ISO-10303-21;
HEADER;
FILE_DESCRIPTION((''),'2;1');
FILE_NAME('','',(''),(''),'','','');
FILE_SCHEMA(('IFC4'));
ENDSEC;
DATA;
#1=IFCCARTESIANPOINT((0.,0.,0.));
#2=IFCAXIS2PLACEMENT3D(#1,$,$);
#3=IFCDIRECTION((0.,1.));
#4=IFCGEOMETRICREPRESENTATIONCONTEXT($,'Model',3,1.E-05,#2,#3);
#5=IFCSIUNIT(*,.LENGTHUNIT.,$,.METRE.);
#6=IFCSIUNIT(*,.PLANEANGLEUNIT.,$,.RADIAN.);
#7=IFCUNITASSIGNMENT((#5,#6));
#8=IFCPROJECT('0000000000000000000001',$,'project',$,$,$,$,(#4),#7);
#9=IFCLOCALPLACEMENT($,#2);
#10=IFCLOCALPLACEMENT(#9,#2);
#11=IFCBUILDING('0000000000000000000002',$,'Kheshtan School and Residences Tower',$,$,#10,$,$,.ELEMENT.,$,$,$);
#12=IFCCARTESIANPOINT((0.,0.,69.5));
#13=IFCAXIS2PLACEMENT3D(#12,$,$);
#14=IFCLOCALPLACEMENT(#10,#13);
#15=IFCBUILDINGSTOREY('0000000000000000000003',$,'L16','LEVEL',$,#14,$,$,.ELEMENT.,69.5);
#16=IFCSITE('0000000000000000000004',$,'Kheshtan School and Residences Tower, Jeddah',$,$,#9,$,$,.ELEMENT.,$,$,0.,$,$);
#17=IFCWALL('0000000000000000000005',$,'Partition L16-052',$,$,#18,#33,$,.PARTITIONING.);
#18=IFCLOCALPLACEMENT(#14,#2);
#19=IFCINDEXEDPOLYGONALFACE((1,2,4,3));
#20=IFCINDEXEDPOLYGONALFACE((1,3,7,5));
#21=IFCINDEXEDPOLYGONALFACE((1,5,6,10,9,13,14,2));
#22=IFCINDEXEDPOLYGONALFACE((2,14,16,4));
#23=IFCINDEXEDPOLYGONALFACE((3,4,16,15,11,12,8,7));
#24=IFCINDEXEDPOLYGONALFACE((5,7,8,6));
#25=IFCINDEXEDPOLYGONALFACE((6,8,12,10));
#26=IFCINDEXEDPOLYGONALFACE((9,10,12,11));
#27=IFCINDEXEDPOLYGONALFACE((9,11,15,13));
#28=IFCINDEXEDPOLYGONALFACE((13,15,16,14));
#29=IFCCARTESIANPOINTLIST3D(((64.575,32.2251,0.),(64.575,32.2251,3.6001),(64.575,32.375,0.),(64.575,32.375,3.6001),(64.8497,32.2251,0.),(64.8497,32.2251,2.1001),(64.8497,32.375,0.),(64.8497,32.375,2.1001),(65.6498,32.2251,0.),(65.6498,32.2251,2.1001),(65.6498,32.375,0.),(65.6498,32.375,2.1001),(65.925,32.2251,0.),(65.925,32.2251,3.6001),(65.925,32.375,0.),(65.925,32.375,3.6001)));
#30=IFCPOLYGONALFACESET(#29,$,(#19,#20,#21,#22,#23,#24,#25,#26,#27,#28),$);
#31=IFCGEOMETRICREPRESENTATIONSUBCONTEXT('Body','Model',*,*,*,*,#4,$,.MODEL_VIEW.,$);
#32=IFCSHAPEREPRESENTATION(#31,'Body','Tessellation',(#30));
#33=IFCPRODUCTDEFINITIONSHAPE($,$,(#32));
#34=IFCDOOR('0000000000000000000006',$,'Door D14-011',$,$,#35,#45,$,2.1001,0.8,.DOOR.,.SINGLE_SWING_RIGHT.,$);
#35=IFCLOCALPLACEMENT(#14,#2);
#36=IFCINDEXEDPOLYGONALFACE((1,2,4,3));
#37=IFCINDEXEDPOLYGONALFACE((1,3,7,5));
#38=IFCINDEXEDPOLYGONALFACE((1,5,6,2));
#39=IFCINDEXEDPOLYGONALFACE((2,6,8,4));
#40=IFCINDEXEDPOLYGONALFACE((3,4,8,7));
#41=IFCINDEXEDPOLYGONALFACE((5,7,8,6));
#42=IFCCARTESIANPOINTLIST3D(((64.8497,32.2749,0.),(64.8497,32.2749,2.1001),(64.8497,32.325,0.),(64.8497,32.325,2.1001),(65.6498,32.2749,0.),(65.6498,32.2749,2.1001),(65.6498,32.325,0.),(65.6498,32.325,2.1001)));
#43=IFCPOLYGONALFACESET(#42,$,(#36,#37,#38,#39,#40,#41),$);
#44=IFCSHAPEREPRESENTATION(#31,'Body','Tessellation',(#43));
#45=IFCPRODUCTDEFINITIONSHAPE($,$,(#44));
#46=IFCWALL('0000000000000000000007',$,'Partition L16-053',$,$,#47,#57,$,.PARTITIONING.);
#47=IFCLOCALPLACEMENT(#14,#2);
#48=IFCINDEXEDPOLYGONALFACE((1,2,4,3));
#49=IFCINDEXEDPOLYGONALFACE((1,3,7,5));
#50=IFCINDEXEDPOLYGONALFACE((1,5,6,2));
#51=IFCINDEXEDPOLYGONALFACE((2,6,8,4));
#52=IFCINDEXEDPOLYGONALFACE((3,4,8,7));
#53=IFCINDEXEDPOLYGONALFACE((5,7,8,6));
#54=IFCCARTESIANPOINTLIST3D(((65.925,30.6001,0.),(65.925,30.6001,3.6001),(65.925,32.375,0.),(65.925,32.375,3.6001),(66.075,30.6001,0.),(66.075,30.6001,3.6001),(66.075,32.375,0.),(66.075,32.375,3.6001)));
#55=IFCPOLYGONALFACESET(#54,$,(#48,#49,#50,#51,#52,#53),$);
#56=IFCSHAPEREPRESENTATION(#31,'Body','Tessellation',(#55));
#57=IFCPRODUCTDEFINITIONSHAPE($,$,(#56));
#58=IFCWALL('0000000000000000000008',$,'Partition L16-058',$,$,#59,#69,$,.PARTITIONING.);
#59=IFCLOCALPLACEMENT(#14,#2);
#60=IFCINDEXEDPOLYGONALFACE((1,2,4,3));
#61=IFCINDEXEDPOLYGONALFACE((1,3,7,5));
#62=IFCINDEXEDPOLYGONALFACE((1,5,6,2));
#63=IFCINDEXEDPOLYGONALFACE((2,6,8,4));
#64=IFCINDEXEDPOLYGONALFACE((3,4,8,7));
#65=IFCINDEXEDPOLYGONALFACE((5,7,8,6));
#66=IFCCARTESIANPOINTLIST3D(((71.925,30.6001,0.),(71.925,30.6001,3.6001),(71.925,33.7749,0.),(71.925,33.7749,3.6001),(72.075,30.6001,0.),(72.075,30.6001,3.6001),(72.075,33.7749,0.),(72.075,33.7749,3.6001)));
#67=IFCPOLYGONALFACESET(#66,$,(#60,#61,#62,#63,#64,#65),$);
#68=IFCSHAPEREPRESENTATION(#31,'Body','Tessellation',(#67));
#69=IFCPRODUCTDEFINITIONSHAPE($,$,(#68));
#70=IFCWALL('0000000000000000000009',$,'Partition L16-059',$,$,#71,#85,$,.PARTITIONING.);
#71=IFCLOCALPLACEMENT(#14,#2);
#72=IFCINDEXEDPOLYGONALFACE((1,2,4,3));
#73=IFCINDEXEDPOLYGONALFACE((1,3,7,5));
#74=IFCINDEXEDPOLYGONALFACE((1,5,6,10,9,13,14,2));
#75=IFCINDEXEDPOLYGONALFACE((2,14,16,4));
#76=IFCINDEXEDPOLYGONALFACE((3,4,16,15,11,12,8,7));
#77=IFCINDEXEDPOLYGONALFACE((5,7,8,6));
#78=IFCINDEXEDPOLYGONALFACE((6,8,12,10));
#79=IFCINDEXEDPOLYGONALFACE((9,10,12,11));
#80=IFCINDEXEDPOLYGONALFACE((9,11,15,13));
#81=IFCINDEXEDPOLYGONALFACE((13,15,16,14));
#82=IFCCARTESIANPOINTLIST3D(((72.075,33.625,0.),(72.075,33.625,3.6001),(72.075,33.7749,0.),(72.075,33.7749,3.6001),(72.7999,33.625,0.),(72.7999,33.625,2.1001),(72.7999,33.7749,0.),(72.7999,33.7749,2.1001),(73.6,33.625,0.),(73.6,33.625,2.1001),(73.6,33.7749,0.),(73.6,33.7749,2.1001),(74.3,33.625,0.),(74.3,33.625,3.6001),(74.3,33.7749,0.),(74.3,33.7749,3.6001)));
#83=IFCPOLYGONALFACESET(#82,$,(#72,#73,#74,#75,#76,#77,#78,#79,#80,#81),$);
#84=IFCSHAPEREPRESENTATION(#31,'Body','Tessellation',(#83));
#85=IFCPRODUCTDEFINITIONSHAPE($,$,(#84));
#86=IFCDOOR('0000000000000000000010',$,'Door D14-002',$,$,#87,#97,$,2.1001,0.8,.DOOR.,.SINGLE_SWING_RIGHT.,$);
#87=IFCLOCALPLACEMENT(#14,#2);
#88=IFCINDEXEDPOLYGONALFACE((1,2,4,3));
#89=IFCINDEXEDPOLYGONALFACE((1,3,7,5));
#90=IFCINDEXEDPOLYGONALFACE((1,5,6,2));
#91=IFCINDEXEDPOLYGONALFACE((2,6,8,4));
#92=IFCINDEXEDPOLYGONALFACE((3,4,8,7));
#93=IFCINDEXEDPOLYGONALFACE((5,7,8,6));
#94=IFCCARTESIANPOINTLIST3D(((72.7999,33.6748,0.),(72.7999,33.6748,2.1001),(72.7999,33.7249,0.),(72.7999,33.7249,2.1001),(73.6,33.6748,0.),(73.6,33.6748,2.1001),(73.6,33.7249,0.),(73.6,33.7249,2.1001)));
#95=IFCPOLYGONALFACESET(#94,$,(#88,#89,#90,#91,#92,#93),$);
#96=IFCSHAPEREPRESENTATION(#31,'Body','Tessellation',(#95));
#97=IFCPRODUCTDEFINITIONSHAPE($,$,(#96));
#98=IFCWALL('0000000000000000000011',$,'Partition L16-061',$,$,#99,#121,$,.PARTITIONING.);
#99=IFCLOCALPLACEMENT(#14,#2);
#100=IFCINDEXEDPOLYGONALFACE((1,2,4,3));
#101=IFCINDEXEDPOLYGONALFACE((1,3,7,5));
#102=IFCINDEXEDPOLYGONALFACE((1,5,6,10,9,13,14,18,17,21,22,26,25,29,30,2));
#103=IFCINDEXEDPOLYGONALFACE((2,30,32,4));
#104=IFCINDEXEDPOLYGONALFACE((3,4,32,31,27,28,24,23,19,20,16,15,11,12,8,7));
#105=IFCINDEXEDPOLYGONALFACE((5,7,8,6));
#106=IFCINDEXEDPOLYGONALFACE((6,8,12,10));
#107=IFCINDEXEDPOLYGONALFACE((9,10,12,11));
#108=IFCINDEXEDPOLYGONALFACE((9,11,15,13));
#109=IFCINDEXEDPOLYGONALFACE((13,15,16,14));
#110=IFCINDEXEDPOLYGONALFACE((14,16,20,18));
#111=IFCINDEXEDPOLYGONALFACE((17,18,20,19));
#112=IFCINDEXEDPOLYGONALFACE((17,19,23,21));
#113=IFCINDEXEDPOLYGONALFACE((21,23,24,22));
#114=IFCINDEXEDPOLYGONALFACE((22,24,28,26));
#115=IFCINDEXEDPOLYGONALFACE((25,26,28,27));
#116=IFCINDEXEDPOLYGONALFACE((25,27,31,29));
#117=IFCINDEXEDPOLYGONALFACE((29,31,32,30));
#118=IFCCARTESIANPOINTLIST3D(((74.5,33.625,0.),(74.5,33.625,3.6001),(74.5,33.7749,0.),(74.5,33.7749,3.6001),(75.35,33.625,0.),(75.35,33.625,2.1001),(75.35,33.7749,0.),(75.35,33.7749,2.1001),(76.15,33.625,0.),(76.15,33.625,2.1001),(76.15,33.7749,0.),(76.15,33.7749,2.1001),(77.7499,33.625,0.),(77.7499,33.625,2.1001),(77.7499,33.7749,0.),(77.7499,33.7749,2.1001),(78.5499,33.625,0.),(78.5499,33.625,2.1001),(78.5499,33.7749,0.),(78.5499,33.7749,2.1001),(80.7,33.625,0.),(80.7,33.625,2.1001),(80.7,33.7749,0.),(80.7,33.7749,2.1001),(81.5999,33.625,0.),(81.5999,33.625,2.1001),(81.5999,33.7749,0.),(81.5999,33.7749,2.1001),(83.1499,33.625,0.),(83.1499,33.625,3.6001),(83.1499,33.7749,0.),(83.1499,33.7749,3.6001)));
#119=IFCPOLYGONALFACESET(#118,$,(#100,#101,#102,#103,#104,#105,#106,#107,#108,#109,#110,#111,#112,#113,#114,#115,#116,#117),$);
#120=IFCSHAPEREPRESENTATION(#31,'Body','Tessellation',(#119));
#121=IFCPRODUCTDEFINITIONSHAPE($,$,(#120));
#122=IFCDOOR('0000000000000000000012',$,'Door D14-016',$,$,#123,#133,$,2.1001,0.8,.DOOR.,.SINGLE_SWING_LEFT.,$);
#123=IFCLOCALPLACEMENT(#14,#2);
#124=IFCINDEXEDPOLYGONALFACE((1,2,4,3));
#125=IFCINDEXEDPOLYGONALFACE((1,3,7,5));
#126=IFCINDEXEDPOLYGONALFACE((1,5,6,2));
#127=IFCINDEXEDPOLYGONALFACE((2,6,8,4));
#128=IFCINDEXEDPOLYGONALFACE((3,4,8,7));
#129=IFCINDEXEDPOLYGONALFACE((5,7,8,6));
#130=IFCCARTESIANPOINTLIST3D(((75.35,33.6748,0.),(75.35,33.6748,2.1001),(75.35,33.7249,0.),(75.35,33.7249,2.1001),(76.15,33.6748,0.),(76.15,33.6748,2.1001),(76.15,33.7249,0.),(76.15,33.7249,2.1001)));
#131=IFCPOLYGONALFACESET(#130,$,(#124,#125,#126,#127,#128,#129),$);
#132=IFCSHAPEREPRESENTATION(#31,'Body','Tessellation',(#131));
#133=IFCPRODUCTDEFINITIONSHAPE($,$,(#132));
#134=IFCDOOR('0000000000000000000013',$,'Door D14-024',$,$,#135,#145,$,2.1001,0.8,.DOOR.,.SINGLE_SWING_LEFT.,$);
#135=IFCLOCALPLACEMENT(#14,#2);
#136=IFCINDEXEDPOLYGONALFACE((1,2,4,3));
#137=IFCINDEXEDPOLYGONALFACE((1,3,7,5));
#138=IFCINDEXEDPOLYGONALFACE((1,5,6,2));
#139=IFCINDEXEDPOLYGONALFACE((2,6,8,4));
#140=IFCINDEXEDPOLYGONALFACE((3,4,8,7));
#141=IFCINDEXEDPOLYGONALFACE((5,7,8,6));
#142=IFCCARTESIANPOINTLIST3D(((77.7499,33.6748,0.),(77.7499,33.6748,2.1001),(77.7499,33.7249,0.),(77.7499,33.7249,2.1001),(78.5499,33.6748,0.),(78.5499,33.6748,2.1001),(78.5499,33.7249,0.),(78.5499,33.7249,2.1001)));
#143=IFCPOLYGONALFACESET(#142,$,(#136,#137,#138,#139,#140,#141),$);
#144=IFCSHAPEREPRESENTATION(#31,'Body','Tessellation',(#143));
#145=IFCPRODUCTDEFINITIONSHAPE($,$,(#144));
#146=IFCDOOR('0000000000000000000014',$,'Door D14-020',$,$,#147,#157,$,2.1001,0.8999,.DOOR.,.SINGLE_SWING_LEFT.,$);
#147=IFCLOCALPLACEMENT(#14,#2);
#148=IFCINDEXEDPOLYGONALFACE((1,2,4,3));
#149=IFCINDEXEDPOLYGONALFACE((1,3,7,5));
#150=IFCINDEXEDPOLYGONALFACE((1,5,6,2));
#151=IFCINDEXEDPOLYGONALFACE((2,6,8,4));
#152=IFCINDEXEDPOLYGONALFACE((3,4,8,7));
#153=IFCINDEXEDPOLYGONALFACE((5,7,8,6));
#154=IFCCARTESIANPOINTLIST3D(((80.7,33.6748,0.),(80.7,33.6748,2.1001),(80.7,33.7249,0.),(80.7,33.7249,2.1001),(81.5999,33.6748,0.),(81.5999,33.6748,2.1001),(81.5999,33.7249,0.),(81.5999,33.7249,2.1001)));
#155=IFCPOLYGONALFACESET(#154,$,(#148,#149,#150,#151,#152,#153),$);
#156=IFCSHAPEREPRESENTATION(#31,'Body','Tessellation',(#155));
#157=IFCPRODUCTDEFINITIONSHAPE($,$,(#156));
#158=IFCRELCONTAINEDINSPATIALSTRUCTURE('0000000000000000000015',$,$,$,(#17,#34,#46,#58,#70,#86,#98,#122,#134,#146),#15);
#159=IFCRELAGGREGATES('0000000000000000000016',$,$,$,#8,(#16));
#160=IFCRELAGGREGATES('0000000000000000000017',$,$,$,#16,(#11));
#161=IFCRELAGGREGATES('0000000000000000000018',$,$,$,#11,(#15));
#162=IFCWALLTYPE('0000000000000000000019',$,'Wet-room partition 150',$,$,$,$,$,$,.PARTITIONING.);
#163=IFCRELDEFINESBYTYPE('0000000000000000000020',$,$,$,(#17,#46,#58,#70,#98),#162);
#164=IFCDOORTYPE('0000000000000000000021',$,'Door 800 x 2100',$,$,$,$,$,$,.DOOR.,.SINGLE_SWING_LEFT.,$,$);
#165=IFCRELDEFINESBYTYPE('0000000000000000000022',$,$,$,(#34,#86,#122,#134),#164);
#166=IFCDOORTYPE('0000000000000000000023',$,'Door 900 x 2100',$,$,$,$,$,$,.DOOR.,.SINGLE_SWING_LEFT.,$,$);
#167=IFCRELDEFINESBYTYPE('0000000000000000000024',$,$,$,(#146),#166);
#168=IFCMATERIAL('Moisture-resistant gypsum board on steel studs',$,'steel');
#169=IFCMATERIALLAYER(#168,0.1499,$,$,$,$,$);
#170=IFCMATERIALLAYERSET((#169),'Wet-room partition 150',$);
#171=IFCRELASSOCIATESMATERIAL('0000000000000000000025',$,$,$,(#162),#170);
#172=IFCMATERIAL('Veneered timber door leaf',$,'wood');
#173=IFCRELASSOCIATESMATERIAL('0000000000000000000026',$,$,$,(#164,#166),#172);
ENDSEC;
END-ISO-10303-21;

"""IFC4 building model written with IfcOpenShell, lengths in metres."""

from ifc_helpers import new_model, si_unit, direction, frame, frame_2d, origin, place, context, subcontext, project, spatial, rectangle, extrude, source, transform, mapped, material, layer, layer_set, type_object, element, fill, save


model = new_model("IFC4")

# Units and contexts
model_context = context("Model", 3, precision=1e-05, world=origin(), true_north=direction((0.0, 1.0)))
body_context = subcontext(model_context, "Body", "Model", "MODEL_VIEW")
ifc_project = project(units=[si_unit("LENGTHUNIT", "METRE"), si_unit("PLANEANGLEUNIT", "RADIAN")], contexts=[model_context])

# Site, building, storey
site_placement = place(None, origin())
site = spatial("IfcSite", under=ifc_project, at=site_placement, Name="Kheshtan School and Residences Tower, Jeddah", CompositionType="ELEMENT", RefElevation=0.0)
building_placement = place(site_placement, origin())
building = spatial("IfcBuilding", under=site, at=building_placement, Name="Kheshtan School and Residences Tower", CompositionType="ELEMENT")
storey_placement = place(building_placement, frame((0.0, 0.0, 69.5)))
storey = spatial("IfcBuildingStorey", under=building, at=storey_placement, Name="L16", Description="LEVEL", CompositionType="ELEMENT", Elevation=69.5)

# Shared definitions
ifc_material_1 = material(Name="Moisture-resistant gypsum board on steel studs", Category="steel")
ifc_layer_1 = layer(ifc_material_1, 0.1499)
ifc_layer_set_1 = layer_set([ifc_layer_1], Name="Wet-room partition 150")
wall_type_1 = type_object("IfcWallType", Name="Wet-room partition 150", PredefinedType="PARTITIONING", material=ifc_layer_set_1)

# Wall, opening, door
wall_1_placement = place(storey_placement, frame((64.575, 32.3, 0.0), z_axis=(0.0, 0.0, 1.0), x_axis=(1.0, 0.0, 0.0)))
wall_1 = element("IfcWall", 1, at=wall_1_placement, inside=storey, type_object=wall_type_1, Name="Partition L16-052", PredefinedType="PARTITIONING", context=body_context, shape_type="SweptSolid", body=[
    extrude(rectangle(XDim=1.3501, YDim=0.1499, at=frame_2d((0.675, 0.0))), origin(), (0.0, 0.0, 1.0), 3.6001),
])
opening_1_placement = place(wall_1_placement, frame((0.2749, 0.0, 0.0)))
opening_1 = element("IfcOpeningElement", 2, at=opening_1_placement, cuts=wall_1, PredefinedType="OPENING", context=body_context, shape_type="SweptSolid", body=[
    extrude(rectangle(XDim=0.8, YDim=2.1001, at=frame_2d((0.3999, 1.05))), frame((0.0, 0.085, 0.0), z_axis=(0.0, -1.0, 0.0), x_axis=(1.0, 0.0, 0.0)), (0.0, 0.0, 1.0), 0.1699),
])
ifc_material_2 = material(Name="Veneered timber door leaf", Category="wood")
door_type_1 = type_object("IfcDoorType", Name="Door 800 x 2100", OperationType="SINGLE_SWING_LEFT", PredefinedType="DOOR", material=ifc_material_2)
shared_shape_1 = source(origin(), body_context, "Body", "SweptSolid", [
    extrude(rectangle(XDim=0.8, YDim=2.1001, at=frame_2d((0.3999, 1.05))), frame((0.0, 0.0249, 0.0), z_axis=(0.0, -1.0, 0.0), x_axis=(1.0, 0.0, 0.0)), (0.0, 0.0, 1.0), 0.05),
])
door_1_placement = place(opening_1_placement, origin())
door_1 = element("IfcDoor", 3, at=door_1_placement, inside=storey, type_object=door_type_1, Name="Door D14-011", OperationType="SINGLE_SWING_RIGHT", OverallHeight=2.1001, OverallWidth=0.8, PredefinedType="DOOR", context=body_context, shape_type="MappedRepresentation", body=[
    mapped(shared_shape_1, transform((0.0, 0.0, 0.0), x_axis=(1.0, 0.0, 0.0), y_axis=(0.0, 1.0, 0.0), z_axis=(0.0, 0.0, 1.0), scale=1.0)),
])
fill(opening_1, door_1)

# Walls
wall_2_placement = place(storey_placement, frame((66.0, 30.6001, 0.0), z_axis=(0.0, 0.0, 1.0), x_axis=(0.0, 1.0, 0.0)))
element("IfcWall", 4, at=wall_2_placement, inside=storey, type_object=wall_type_1, Name="Partition L16-053", PredefinedType="PARTITIONING", context=body_context, shape_type="SweptSolid", body=[
    extrude(rectangle(XDim=1.7749, YDim=0.1499, at=frame_2d((0.8875, 0.0))), origin(), (0.0, 0.0, 1.0), 3.6001),
])
wall_3_placement = place(storey_placement, frame((72.0, 30.6001, 0.0), z_axis=(0.0, 0.0, 1.0), x_axis=(0.0, 1.0, 0.0)))
element("IfcWall", 5, at=wall_3_placement, inside=storey, type_object=wall_type_1, Name="Partition L16-058", PredefinedType="PARTITIONING", context=body_context, shape_type="SweptSolid", body=[
    extrude(rectangle(XDim=3.1748, YDim=0.1499, at=frame_2d((1.5874, 0.0))), origin(), (0.0, 0.0, 1.0), 3.6001),
])

# Wall, opening, door
wall_4_placement = place(storey_placement, frame((72.075, 33.7, 0.0), z_axis=(0.0, 0.0, 1.0), x_axis=(1.0, 0.0, 0.0)))
wall_4 = element("IfcWall", 6, at=wall_4_placement, inside=storey, type_object=wall_type_1, Name="Partition L16-059", PredefinedType="PARTITIONING", context=body_context, shape_type="SweptSolid", body=[
    extrude(rectangle(XDim=2.2251, YDim=0.1499, at=frame_2d((1.1125, 0.0))), origin(), (0.0, 0.0, 1.0), 3.6001),
])
opening_2_placement = place(wall_4_placement, frame((0.7251, 0.0, 0.0)))
opening_2 = element("IfcOpeningElement", 7, at=opening_2_placement, cuts=wall_4, PredefinedType="OPENING", context=body_context, shape_type="SweptSolid", body=[
    extrude(rectangle(XDim=0.8, YDim=2.1001, at=frame_2d((0.3999, 1.05))), frame((0.0, 0.085, 0.0), z_axis=(0.0, -1.0, 0.0), x_axis=(1.0, 0.0, 0.0)), (0.0, 0.0, 1.0), 0.1699),
])
door_2_placement = place(opening_2_placement, origin())
door_2 = element("IfcDoor", 8, at=door_2_placement, inside=storey, type_object=door_type_1, Name="Door D14-002", OperationType="SINGLE_SWING_RIGHT", OverallHeight=2.1001, OverallWidth=0.8, PredefinedType="DOOR", context=body_context, shape_type="MappedRepresentation", body=[
    mapped(shared_shape_1, transform((0.0, 0.0, 0.0), x_axis=(1.0, 0.0, 0.0), y_axis=(0.0, 1.0, 0.0), z_axis=(0.0, 0.0, 1.0), scale=1.0)),
])
fill(opening_2, door_2)

# Wall, openings, doors
wall_5_placement = place(storey_placement, frame((74.5, 33.7, 0.0), z_axis=(0.0, 0.0, 1.0), x_axis=(1.0, 0.0, 0.0)))
wall_5 = element("IfcWall", 9, at=wall_5_placement, inside=storey, type_object=wall_type_1, Name="Partition L16-061", PredefinedType="PARTITIONING", context=body_context, shape_type="SweptSolid", body=[
    extrude(rectangle(XDim=8.6499, YDim=0.1499, at=frame_2d((4.325, 0.0))), origin(), (0.0, 0.0, 1.0), 3.6001),
])
opening_3_placement = place(wall_5_placement, frame((0.8501, 0.0, 0.0)))
opening_3 = element("IfcOpeningElement", 10, at=opening_3_placement, cuts=wall_5, PredefinedType="OPENING", context=body_context, shape_type="SweptSolid", body=[
    extrude(rectangle(XDim=0.8, YDim=2.1001, at=frame_2d((0.3999, 1.05))), frame((0.0, 0.085, 0.0), z_axis=(0.0, -1.0, 0.0), x_axis=(1.0, 0.0, 0.0)), (0.0, 0.0, 1.0), 0.1699),
])
opening_4_placement = place(wall_5_placement, frame((6.2, 0.0, 0.0)))
opening_4 = element("IfcOpeningElement", 11, at=opening_4_placement, cuts=wall_5, PredefinedType="OPENING", context=body_context, shape_type="SweptSolid", body=[
    extrude(rectangle(XDim=0.8999, YDim=2.1001, at=frame_2d((0.45, 1.05))), frame((0.0, 0.085, 0.0), z_axis=(0.0, -1.0, 0.0), x_axis=(1.0, 0.0, 0.0)), (0.0, 0.0, 1.0), 0.1699),
])
opening_5_placement = place(wall_5_placement, frame((3.25, 0.0, 0.0)))
opening_5 = element("IfcOpeningElement", 12, at=opening_5_placement, cuts=wall_5, PredefinedType="OPENING", context=body_context, shape_type="SweptSolid", body=[
    extrude(rectangle(XDim=0.8, YDim=2.1001, at=frame_2d((0.3999, 1.05))), frame((0.0, 0.085, 0.0), z_axis=(0.0, -1.0, 0.0), x_axis=(1.0, 0.0, 0.0)), (0.0, 0.0, 1.0), 0.1699),
])
door_3_placement = place(opening_3_placement, origin())
door_3 = element("IfcDoor", 13, at=door_3_placement, inside=storey, type_object=door_type_1, Name="Door D14-016", OperationType="SINGLE_SWING_LEFT", OverallHeight=2.1001, OverallWidth=0.8, PredefinedType="DOOR", context=body_context, shape_type="MappedRepresentation", body=[
    mapped(shared_shape_1, transform((0.0, 0.0, 0.0), x_axis=(1.0, 0.0, 0.0), y_axis=(0.0, 1.0, 0.0), z_axis=(0.0, 0.0, 1.0), scale=1.0)),
])
fill(opening_3, door_3)
door_4_placement = place(opening_5_placement, origin())
door_4 = element("IfcDoor", 14, at=door_4_placement, inside=storey, type_object=door_type_1, Name="Door D14-024", OperationType="SINGLE_SWING_LEFT", OverallHeight=2.1001, OverallWidth=0.8, PredefinedType="DOOR", context=body_context, shape_type="MappedRepresentation", body=[
    mapped(shared_shape_1, transform((0.0, 0.0, 0.0), x_axis=(1.0, 0.0, 0.0), y_axis=(0.0, 1.0, 0.0), z_axis=(0.0, 0.0, 1.0), scale=1.0)),
])
fill(opening_5, door_4)
door_type_2 = type_object("IfcDoorType", Name="Door 900 x 2100", OperationType="SINGLE_SWING_LEFT", PredefinedType="DOOR", material=ifc_material_2)
shared_shape_2 = source(origin(), body_context, "Body", "SweptSolid", [
    extrude(rectangle(XDim=0.8999, YDim=2.1001, at=frame_2d((0.45, 1.05))), frame((0.0, 0.0249, 0.0), z_axis=(0.0, -1.0, 0.0), x_axis=(1.0, 0.0, 0.0)), (0.0, 0.0, 1.0), 0.05),
])
door_5_placement = place(opening_4_placement, origin())
door_5 = element("IfcDoor", 15, at=door_5_placement, inside=storey, type_object=door_type_2, Name="Door D14-020", OperationType="SINGLE_SWING_LEFT", OverallHeight=2.1001, OverallWidth=0.8999, PredefinedType="DOOR", context=body_context, shape_type="MappedRepresentation", body=[
    mapped(shared_shape_2, transform((0.0, 0.0, 0.0), x_axis=(1.0, 0.0, 0.0), y_axis=(0.0, 1.0, 0.0), z_axis=(0.0, 0.0, 1.0), scale=1.0)),
])
fill(opening_4, door_5)

save(model, "model.ifc")
